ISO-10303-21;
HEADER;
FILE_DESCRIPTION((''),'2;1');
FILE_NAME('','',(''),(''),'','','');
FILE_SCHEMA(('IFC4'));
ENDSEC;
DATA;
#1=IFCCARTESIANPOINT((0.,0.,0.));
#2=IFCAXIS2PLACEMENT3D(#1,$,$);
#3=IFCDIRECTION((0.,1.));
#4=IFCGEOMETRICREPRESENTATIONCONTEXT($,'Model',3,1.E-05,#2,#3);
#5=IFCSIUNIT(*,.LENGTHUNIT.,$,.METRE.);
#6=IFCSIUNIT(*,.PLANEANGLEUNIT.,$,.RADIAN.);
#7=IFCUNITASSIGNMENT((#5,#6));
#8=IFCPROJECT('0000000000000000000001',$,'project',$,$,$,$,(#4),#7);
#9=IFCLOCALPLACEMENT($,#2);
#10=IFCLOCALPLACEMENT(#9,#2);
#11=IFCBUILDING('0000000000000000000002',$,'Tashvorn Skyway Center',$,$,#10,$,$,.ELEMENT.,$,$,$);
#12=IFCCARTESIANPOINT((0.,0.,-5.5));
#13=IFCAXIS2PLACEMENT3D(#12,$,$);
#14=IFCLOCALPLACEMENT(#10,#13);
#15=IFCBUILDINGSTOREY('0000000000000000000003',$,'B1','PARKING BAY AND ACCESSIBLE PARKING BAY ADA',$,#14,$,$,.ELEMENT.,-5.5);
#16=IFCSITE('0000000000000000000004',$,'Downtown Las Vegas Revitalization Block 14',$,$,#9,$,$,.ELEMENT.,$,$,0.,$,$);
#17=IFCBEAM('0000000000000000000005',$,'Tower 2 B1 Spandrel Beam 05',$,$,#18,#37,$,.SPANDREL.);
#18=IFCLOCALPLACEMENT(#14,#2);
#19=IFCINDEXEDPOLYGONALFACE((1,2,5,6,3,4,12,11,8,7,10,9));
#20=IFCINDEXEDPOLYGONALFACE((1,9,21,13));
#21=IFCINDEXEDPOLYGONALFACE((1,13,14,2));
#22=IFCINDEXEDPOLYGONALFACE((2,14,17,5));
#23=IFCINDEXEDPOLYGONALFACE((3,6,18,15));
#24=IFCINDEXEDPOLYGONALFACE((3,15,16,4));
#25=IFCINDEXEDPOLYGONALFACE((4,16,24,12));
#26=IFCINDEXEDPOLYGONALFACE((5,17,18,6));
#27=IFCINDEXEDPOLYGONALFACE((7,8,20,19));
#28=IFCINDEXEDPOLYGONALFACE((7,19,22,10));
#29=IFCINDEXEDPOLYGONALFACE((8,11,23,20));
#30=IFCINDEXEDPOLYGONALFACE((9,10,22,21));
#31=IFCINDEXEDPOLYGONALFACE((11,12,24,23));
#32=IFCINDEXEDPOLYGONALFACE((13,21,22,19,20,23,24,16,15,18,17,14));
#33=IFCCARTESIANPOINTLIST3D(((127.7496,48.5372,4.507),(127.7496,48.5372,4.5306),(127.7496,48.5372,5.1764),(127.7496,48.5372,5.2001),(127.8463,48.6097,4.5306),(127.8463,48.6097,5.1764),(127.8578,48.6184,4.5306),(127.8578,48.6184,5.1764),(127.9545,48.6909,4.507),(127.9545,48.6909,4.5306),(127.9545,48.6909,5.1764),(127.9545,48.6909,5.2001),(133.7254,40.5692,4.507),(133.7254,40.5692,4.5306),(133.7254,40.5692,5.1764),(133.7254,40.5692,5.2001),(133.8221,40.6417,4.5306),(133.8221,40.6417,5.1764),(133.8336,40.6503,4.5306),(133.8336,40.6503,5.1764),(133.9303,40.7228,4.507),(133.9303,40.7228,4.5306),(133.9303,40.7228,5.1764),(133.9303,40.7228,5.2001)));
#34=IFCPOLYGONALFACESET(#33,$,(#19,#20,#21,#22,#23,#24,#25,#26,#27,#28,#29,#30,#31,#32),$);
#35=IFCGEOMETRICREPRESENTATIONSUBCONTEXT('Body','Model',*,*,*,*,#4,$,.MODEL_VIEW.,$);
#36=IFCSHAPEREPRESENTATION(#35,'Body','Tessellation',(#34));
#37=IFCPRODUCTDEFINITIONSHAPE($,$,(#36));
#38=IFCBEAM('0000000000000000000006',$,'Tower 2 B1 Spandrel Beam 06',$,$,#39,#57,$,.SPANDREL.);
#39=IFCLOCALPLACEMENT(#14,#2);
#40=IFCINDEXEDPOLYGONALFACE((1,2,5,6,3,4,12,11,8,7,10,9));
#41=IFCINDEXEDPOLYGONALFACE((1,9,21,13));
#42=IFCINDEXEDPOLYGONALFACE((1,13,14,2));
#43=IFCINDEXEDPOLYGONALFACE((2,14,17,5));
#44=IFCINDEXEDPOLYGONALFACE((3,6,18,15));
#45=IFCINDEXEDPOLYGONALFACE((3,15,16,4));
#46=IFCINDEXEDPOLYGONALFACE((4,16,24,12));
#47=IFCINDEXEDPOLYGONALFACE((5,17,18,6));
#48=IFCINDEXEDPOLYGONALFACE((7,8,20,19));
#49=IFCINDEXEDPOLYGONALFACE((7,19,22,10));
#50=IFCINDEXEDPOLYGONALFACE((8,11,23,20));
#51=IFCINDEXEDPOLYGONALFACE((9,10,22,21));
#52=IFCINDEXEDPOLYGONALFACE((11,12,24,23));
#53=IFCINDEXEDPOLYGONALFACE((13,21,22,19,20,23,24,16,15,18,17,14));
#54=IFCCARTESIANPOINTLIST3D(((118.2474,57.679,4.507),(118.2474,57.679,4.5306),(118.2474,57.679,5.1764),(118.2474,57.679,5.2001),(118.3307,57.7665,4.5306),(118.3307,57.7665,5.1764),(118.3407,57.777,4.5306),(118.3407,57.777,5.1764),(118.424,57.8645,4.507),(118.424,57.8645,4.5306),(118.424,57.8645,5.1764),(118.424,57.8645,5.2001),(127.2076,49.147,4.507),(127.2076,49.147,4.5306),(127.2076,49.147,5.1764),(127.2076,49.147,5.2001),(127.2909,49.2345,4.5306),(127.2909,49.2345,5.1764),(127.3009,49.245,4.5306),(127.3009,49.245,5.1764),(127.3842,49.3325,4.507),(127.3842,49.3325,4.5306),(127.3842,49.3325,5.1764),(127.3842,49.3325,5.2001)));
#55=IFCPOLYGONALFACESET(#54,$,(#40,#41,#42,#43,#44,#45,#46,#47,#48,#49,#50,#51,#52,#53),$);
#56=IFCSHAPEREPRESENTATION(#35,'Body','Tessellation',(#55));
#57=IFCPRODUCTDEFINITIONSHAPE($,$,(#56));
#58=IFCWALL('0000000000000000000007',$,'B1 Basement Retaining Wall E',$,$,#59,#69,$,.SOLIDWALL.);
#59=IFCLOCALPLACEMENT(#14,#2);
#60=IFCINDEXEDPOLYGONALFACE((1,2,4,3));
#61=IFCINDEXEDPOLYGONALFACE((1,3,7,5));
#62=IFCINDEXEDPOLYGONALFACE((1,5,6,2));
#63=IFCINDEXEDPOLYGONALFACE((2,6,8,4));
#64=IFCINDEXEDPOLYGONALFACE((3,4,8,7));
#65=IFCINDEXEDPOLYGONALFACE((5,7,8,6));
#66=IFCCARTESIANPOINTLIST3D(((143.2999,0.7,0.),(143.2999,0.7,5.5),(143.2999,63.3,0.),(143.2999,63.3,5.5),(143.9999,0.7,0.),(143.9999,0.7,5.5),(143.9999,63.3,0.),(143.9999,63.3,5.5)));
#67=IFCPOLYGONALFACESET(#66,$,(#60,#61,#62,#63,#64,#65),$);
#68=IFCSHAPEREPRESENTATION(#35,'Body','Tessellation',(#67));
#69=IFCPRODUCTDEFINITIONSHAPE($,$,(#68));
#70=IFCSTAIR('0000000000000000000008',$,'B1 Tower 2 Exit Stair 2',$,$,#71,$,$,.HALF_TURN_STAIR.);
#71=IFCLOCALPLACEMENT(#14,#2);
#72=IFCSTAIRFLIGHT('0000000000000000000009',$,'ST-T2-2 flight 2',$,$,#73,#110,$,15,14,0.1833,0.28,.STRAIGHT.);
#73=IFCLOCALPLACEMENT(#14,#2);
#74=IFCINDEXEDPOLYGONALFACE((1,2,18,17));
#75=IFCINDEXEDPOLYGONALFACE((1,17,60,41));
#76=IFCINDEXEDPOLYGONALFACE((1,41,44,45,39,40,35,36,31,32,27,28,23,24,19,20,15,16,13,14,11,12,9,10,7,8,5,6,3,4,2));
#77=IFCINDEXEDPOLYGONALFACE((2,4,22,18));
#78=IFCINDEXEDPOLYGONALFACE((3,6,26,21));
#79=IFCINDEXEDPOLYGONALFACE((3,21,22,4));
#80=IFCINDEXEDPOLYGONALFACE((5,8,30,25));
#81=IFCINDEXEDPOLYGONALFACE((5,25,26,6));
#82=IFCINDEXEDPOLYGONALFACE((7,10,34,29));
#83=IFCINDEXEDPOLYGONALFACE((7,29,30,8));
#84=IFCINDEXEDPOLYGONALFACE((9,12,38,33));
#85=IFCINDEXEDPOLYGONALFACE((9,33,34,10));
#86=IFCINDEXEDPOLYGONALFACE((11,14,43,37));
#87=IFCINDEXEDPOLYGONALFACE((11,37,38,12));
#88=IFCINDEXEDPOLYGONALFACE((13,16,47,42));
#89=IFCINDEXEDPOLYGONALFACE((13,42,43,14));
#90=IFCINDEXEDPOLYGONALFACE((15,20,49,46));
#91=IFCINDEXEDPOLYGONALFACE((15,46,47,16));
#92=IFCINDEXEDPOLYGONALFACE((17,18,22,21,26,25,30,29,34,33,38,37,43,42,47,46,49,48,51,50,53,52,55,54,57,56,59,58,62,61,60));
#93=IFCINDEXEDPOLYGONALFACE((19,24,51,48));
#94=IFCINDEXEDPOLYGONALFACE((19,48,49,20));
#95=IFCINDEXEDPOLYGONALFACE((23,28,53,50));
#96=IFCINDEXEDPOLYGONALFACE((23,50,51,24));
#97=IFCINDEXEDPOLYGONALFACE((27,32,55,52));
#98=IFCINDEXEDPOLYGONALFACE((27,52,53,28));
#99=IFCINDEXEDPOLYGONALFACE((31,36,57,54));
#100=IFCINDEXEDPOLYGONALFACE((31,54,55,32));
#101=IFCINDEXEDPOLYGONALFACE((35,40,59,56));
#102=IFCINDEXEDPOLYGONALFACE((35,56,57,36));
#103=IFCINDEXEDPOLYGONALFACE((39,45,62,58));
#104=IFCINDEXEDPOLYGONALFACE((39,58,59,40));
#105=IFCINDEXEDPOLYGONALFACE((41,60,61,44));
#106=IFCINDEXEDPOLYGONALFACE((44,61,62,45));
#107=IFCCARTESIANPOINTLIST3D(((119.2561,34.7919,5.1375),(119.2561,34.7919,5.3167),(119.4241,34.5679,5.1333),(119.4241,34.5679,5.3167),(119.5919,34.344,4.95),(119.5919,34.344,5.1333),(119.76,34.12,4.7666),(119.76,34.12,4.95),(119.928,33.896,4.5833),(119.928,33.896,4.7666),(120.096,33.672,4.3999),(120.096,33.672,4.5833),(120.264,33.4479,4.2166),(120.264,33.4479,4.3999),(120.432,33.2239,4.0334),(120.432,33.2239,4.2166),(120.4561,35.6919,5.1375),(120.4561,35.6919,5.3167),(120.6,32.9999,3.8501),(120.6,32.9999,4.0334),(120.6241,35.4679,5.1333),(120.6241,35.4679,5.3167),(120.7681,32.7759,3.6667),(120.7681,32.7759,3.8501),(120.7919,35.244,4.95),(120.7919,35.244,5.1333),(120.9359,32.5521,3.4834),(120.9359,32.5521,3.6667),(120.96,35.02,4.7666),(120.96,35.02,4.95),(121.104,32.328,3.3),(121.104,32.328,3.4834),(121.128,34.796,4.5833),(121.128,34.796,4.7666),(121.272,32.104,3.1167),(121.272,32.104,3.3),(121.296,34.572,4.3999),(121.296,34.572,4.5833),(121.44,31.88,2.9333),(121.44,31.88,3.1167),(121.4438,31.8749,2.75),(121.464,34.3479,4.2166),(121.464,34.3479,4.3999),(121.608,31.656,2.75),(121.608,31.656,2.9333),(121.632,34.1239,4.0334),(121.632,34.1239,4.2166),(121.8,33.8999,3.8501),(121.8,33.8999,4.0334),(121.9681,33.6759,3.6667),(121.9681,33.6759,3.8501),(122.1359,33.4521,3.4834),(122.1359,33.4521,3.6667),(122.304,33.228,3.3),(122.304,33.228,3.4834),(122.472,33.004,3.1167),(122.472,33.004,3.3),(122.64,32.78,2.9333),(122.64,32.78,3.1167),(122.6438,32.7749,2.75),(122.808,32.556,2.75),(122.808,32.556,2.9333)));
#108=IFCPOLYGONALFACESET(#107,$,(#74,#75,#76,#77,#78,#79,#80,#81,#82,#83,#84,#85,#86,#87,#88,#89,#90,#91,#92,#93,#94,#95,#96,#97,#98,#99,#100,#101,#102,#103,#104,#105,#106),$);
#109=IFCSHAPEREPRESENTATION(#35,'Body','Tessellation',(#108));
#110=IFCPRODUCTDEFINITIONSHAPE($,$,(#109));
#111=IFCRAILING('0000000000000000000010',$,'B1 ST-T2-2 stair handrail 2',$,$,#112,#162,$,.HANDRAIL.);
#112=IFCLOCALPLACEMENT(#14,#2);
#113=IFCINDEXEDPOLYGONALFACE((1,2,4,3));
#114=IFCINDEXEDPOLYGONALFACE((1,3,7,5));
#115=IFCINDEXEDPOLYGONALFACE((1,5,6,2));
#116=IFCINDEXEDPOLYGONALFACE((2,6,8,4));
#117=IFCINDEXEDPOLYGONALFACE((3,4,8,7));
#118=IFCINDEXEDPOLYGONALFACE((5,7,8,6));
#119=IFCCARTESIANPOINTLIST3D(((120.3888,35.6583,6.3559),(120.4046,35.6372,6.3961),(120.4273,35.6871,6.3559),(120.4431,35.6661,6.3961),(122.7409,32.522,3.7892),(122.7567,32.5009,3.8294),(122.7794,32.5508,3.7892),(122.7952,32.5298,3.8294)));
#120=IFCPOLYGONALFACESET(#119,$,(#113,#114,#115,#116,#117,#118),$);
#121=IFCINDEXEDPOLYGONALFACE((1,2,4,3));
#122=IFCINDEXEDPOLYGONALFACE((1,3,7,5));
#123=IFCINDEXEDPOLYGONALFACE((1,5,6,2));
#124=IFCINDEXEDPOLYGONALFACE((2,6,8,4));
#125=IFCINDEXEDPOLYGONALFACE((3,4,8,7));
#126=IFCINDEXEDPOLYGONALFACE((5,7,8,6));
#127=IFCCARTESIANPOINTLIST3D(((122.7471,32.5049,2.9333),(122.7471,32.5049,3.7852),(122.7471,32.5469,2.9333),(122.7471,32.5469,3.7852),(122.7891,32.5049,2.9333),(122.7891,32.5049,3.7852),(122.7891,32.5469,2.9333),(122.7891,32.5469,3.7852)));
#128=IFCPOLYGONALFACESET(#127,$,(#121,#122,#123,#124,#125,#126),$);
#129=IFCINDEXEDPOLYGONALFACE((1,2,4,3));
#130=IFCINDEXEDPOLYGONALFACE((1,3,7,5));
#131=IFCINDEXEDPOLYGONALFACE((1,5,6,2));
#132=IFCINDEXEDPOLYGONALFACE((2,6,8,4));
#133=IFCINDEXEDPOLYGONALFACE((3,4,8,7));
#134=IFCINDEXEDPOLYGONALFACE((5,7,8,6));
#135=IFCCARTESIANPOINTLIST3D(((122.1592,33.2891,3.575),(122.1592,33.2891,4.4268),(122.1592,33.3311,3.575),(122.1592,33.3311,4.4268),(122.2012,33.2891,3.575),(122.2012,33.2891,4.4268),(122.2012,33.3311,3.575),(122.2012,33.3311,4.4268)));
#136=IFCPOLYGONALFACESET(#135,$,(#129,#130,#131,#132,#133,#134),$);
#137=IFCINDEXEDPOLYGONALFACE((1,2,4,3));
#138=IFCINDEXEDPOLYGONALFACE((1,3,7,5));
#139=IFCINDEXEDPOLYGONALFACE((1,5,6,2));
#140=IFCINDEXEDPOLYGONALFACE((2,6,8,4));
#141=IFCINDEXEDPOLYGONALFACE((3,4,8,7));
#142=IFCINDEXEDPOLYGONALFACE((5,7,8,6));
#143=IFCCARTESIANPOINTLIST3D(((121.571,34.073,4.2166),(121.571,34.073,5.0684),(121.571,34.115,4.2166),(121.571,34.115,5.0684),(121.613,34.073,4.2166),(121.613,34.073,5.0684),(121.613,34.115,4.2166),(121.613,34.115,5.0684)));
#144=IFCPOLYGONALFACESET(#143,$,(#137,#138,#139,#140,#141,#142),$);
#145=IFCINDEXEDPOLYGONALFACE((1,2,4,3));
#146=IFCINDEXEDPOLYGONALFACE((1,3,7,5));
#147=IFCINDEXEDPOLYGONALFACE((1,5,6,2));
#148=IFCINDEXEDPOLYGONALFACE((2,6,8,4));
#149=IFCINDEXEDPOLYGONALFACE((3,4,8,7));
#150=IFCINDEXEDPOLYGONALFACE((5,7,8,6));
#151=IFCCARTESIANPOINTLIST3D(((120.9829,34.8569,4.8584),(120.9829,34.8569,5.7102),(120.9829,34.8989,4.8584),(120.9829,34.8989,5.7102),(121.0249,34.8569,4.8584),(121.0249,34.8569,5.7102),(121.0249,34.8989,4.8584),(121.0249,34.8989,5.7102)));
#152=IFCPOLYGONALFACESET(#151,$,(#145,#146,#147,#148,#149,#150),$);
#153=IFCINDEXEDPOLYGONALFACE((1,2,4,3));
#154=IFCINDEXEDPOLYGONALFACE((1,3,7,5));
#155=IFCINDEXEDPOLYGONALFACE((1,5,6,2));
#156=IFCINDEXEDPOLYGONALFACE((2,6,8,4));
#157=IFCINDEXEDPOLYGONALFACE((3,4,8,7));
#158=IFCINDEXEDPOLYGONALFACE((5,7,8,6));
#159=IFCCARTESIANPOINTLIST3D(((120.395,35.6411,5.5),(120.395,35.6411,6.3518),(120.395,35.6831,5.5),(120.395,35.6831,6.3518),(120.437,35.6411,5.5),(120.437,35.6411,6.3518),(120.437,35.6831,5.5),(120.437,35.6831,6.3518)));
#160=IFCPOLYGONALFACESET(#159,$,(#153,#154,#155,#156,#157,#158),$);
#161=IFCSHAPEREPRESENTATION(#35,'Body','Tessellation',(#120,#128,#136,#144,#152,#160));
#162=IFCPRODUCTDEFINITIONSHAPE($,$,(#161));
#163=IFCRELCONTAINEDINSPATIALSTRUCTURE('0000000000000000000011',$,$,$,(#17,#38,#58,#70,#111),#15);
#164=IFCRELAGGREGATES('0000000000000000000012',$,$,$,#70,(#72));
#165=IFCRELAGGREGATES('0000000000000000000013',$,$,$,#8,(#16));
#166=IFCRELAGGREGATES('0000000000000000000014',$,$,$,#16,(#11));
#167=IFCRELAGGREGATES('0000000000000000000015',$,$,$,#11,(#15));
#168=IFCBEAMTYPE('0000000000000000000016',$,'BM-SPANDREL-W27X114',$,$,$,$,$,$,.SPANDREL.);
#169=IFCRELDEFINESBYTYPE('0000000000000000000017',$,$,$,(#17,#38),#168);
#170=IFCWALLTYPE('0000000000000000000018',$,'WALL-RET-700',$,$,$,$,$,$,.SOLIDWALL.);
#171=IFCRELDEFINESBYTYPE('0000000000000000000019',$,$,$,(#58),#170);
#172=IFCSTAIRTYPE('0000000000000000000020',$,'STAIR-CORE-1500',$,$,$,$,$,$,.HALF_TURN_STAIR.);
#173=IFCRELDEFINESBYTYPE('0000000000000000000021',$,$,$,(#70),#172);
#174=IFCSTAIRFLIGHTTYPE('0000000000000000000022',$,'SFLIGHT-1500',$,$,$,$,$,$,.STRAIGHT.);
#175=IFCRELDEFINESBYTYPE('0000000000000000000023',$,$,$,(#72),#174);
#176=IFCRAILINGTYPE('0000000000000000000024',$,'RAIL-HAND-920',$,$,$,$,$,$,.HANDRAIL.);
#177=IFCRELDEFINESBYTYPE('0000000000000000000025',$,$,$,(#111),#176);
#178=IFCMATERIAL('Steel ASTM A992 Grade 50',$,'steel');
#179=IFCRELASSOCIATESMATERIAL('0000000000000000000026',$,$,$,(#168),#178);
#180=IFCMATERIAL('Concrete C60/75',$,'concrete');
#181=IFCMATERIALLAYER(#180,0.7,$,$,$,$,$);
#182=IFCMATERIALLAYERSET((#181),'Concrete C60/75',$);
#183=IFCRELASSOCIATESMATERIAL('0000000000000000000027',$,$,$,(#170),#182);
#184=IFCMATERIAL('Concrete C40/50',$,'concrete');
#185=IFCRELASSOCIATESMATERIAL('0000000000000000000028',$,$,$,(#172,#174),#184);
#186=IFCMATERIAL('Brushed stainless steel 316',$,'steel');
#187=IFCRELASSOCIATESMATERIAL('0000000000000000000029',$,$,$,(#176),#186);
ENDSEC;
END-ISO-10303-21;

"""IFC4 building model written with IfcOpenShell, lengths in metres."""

from ifc_helpers import new_model, si_unit, direction, frame, frame_2d, origin, origin_2d, place, context, subcontext, project, spatial, polyline, rectangle, i_section, outline, extrude, material, layer, layer_set, material_profile, profile_set, type_object, element, aggregate, save


model = new_model("IFC4")

# Units and contexts
model_context = context("Model", 3, precision=1e-05, world=origin(), true_north=direction((0.0, 1.0)))
body_context = subcontext(model_context, "Body", "Model", "MODEL_VIEW")
ifc_project = project(units=[si_unit("LENGTHUNIT", "METRE"), si_unit("PLANEANGLEUNIT", "RADIAN")], contexts=[model_context])

# Site, building, storey
site_placement = place(None, origin())
site = spatial("IfcSite", under=ifc_project, at=site_placement, Name="Downtown Las Vegas Revitalization Block 14", CompositionType="ELEMENT", RefElevation=0.0)
building_placement = place(site_placement, origin())
building = spatial("IfcBuilding", under=site, at=building_placement, Name="Tashvorn Skyway Center", CompositionType="ELEMENT")
storey_placement = place(building_placement, frame((0.0, 0.0, -5.5)))
storey = spatial("IfcBuildingStorey", under=building, at=storey_placement, Name="B1", Description="PARKING BAY AND ACCESSIBLE PARKING BAY ADA", CompositionType="ELEMENT", Elevation=-5.5)

# Beams
ifc_material_1 = material(Name="Steel ASTM A992 Grade 50", Category="steel")
ifc_material_profile_1 = material_profile(ifc_material_1, i_section(OverallWidth=0.2561, OverallDepth=0.6931, WebThickness=0.0144, FlangeThickness=0.0237, at=origin_2d()), Name="W27X114")
ifc_profile_set_1 = profile_set([ifc_material_profile_1], Name="Steel ASTM A992 Grade 50")
beam_type_1 = type_object("IfcBeamType", Name="BM-SPANDREL-W27X114", PredefinedType="SPANDREL", material=ifc_profile_set_1)
beam_1_placement = place(storey_placement, frame((133.8279, 40.646, 4.8535), z_axis=(-0.599988, 0.800009, 0.0), x_axis=(-0.800009, -0.599988, 0.0)))
element("IfcBeam", 1, at=beam_1_placement, inside=storey, type_object=beam_type_1, Name="Tower 2 B1 Spandrel Beam 05", PredefinedType="SPANDREL", context=body_context, shape_type="SweptSolid", body=[
    extrude(i_section(OverallWidth=0.2561, OverallDepth=0.6931, WebThickness=0.0144, FlangeThickness=0.0237, at=origin_2d()), origin(), (0.0, 0.0, 1.0), 9.96),
])
beam_2_placement = place(storey_placement, frame((127.2959, 49.2397, 4.8535), z_axis=(-0.7242, 0.68959, 0.0), x_axis=(-0.68959, -0.7242, 0.0)))
element("IfcBeam", 2, at=beam_2_placement, inside=storey, type_object=beam_type_1, Name="Tower 2 B1 Spandrel Beam 06", PredefinedType="SPANDREL", context=body_context, shape_type="SweptSolid", body=[
    extrude(i_section(OverallWidth=0.2561, OverallDepth=0.6931, WebThickness=0.0144, FlangeThickness=0.0237, at=origin_2d()), origin(), (0.0, 0.0, 1.0), 12.3726),
])

# Wall
ifc_material_2 = material(Name="Concrete C60/75", Category="concrete")
ifc_layer = layer(ifc_material_2, 0.7)
ifc_layer_set = layer_set([ifc_layer], Name="Concrete C60/75")
wall_type = type_object("IfcWallType", Name="WALL-RET-700", PredefinedType="SOLIDWALL", material=ifc_layer_set)
wall_placement = place(storey_placement, frame((143.6499, 63.3, 0.0), z_axis=(0.0, 0.0, 1.0), x_axis=(0.0, -1.0, 0.0)))
element("IfcWall", 3, at=wall_placement, inside=storey, type_object=wall_type, Name="B1 Basement Retaining Wall E", PredefinedType="SOLIDWALL", context=body_context, shape_type="SweptSolid", body=[
    extrude(rectangle(XDim=62.6001, YDim=0.7, at=frame_2d((31.3, 0.0))), origin(), (0.0, 0.0, 1.0), 5.5),
])

# Stair, stair flight
ifc_material_3 = material(Name="Concrete C40/50", Category="concrete")
stair_type = type_object("IfcStairType", Name="STAIR-CORE-1500", PredefinedType="HALF_TURN_STAIR", material=ifc_material_3)
stair_placement = place(storey_placement, origin())
stair = element("IfcStair", 4, at=stair_placement, inside=storey, type_object=stair_type, Name="B1 Tower 2 Exit Stair 2", PredefinedType="HALF_TURN_STAIR")
stair_flight_type = type_object("IfcStairFlightType", Name="SFLIGHT-1500", PredefinedType="STRAIGHT", material=ifc_material_3)
stair_flight_placement = place(storey_placement, frame((122.208, 32.106, 2.75), z_axis=(0.0, 0.0, 1.0), x_axis=(-0.6, 0.8, 0.0)))
stair_flight = element("IfcStairFlight", 5, at=stair_flight_placement, type_object=stair_flight_type, Name="ST-T2-2 flight 2", NumberOfRisers=15, NumberOfTreads=14, PredefinedType="STRAIGHT", RiserHeight=0.1833, TreadLength=0.28, context=body_context, shape_type="SweptSolid", body=[
    extrude(outline(polyline([(0.0, 0.0), (0.0, 0.1833), (0.28, 0.1833), (0.28, 0.3667), (0.5601, 0.3667), (0.5601, 0.55), (0.8401, 0.55), (0.8401, 0.7334), (1.1201, 0.7334), (1.1201, 0.9167), (1.3999, 0.9167), (1.3999, 1.1001), (1.6799, 1.1001), (1.6799, 1.2834), (1.96, 1.2834), (1.96, 1.4666), (2.24, 1.4666), (2.24, 1.6499), (2.52, 1.6499), (2.52, 1.8333), (2.8, 1.8333), (2.8, 2.0166), (3.0801, 2.0166), (3.0801, 2.2), (3.3601, 2.2), (3.3601, 2.3833), (3.6399, 2.3833), (3.6399, 2.5667), (3.9199, 2.5667), (3.9199, 2.75), (3.9199, 2.3875), (0.2737, 0.0), (0.0, 0.0)])), frame((0.0, 0.75, 0.0), z_axis=(0.0, -1.0, 0.0), x_axis=(1.0, 0.0, 0.0)), (0.0, 0.0, 1.0), 1.5),
])
aggregate(stair, [stair_flight])

# Railing
ifc_material_4 = material(Name="Brushed stainless steel 316", Category="steel")
railing_type_1 = type_object("IfcRailingType", Name="RAIL-HAND-920", PredefinedType="HANDRAIL", material=ifc_material_4)
railing_1_placement = place(storey_placement, frame((122.7681, 32.5259, 2.9333)))
element("IfcRailing", 6, at=railing_1_placement, inside=storey, type_object=railing_type_1, Name="B1 ST-T2-2 stair handrail 2", PredefinedType="HANDRAIL", context=body_context, shape_type="SweptSolid", body=[
    extrude(rectangle(XDim=0.0481, YDim=0.0481, at=origin_2d()), frame((0.0, 0.0, 0.876), z_axis=(-0.501964, 0.66932, 0.547762), x_axis=(-0.800015, -0.59998, 0.0)), (0.0, 0.0, 1.0), 4.6858),
    extrude(rectangle(XDim=0.042, YDim=0.042, at=origin_2d()), origin(), (0.0, 0.0, 1.0), 0.8518),
    extrude(rectangle(XDim=0.042, YDim=0.042, at=origin_2d()), frame((-0.5879, 0.7842, 0.6416)), (0.0, 0.0, 1.0), 0.8518),
    extrude(rectangle(XDim=0.042, YDim=0.042, at=origin_2d()), frame((-1.176, 1.5681, 1.2832)), (0.0, 0.0, 1.0), 0.8518),
    extrude(rectangle(XDim=0.042, YDim=0.042, at=origin_2d()), frame((-1.7642, 2.3521, 1.925)), (0.0, 0.0, 1.0), 0.8518),
    extrude(rectangle(XDim=0.042, YDim=0.042, at=origin_2d()), frame((-2.3521, 3.1362, 2.5667)), (0.0, 0.0, 1.0), 0.8518),
])

save(model, "model.ifc")
